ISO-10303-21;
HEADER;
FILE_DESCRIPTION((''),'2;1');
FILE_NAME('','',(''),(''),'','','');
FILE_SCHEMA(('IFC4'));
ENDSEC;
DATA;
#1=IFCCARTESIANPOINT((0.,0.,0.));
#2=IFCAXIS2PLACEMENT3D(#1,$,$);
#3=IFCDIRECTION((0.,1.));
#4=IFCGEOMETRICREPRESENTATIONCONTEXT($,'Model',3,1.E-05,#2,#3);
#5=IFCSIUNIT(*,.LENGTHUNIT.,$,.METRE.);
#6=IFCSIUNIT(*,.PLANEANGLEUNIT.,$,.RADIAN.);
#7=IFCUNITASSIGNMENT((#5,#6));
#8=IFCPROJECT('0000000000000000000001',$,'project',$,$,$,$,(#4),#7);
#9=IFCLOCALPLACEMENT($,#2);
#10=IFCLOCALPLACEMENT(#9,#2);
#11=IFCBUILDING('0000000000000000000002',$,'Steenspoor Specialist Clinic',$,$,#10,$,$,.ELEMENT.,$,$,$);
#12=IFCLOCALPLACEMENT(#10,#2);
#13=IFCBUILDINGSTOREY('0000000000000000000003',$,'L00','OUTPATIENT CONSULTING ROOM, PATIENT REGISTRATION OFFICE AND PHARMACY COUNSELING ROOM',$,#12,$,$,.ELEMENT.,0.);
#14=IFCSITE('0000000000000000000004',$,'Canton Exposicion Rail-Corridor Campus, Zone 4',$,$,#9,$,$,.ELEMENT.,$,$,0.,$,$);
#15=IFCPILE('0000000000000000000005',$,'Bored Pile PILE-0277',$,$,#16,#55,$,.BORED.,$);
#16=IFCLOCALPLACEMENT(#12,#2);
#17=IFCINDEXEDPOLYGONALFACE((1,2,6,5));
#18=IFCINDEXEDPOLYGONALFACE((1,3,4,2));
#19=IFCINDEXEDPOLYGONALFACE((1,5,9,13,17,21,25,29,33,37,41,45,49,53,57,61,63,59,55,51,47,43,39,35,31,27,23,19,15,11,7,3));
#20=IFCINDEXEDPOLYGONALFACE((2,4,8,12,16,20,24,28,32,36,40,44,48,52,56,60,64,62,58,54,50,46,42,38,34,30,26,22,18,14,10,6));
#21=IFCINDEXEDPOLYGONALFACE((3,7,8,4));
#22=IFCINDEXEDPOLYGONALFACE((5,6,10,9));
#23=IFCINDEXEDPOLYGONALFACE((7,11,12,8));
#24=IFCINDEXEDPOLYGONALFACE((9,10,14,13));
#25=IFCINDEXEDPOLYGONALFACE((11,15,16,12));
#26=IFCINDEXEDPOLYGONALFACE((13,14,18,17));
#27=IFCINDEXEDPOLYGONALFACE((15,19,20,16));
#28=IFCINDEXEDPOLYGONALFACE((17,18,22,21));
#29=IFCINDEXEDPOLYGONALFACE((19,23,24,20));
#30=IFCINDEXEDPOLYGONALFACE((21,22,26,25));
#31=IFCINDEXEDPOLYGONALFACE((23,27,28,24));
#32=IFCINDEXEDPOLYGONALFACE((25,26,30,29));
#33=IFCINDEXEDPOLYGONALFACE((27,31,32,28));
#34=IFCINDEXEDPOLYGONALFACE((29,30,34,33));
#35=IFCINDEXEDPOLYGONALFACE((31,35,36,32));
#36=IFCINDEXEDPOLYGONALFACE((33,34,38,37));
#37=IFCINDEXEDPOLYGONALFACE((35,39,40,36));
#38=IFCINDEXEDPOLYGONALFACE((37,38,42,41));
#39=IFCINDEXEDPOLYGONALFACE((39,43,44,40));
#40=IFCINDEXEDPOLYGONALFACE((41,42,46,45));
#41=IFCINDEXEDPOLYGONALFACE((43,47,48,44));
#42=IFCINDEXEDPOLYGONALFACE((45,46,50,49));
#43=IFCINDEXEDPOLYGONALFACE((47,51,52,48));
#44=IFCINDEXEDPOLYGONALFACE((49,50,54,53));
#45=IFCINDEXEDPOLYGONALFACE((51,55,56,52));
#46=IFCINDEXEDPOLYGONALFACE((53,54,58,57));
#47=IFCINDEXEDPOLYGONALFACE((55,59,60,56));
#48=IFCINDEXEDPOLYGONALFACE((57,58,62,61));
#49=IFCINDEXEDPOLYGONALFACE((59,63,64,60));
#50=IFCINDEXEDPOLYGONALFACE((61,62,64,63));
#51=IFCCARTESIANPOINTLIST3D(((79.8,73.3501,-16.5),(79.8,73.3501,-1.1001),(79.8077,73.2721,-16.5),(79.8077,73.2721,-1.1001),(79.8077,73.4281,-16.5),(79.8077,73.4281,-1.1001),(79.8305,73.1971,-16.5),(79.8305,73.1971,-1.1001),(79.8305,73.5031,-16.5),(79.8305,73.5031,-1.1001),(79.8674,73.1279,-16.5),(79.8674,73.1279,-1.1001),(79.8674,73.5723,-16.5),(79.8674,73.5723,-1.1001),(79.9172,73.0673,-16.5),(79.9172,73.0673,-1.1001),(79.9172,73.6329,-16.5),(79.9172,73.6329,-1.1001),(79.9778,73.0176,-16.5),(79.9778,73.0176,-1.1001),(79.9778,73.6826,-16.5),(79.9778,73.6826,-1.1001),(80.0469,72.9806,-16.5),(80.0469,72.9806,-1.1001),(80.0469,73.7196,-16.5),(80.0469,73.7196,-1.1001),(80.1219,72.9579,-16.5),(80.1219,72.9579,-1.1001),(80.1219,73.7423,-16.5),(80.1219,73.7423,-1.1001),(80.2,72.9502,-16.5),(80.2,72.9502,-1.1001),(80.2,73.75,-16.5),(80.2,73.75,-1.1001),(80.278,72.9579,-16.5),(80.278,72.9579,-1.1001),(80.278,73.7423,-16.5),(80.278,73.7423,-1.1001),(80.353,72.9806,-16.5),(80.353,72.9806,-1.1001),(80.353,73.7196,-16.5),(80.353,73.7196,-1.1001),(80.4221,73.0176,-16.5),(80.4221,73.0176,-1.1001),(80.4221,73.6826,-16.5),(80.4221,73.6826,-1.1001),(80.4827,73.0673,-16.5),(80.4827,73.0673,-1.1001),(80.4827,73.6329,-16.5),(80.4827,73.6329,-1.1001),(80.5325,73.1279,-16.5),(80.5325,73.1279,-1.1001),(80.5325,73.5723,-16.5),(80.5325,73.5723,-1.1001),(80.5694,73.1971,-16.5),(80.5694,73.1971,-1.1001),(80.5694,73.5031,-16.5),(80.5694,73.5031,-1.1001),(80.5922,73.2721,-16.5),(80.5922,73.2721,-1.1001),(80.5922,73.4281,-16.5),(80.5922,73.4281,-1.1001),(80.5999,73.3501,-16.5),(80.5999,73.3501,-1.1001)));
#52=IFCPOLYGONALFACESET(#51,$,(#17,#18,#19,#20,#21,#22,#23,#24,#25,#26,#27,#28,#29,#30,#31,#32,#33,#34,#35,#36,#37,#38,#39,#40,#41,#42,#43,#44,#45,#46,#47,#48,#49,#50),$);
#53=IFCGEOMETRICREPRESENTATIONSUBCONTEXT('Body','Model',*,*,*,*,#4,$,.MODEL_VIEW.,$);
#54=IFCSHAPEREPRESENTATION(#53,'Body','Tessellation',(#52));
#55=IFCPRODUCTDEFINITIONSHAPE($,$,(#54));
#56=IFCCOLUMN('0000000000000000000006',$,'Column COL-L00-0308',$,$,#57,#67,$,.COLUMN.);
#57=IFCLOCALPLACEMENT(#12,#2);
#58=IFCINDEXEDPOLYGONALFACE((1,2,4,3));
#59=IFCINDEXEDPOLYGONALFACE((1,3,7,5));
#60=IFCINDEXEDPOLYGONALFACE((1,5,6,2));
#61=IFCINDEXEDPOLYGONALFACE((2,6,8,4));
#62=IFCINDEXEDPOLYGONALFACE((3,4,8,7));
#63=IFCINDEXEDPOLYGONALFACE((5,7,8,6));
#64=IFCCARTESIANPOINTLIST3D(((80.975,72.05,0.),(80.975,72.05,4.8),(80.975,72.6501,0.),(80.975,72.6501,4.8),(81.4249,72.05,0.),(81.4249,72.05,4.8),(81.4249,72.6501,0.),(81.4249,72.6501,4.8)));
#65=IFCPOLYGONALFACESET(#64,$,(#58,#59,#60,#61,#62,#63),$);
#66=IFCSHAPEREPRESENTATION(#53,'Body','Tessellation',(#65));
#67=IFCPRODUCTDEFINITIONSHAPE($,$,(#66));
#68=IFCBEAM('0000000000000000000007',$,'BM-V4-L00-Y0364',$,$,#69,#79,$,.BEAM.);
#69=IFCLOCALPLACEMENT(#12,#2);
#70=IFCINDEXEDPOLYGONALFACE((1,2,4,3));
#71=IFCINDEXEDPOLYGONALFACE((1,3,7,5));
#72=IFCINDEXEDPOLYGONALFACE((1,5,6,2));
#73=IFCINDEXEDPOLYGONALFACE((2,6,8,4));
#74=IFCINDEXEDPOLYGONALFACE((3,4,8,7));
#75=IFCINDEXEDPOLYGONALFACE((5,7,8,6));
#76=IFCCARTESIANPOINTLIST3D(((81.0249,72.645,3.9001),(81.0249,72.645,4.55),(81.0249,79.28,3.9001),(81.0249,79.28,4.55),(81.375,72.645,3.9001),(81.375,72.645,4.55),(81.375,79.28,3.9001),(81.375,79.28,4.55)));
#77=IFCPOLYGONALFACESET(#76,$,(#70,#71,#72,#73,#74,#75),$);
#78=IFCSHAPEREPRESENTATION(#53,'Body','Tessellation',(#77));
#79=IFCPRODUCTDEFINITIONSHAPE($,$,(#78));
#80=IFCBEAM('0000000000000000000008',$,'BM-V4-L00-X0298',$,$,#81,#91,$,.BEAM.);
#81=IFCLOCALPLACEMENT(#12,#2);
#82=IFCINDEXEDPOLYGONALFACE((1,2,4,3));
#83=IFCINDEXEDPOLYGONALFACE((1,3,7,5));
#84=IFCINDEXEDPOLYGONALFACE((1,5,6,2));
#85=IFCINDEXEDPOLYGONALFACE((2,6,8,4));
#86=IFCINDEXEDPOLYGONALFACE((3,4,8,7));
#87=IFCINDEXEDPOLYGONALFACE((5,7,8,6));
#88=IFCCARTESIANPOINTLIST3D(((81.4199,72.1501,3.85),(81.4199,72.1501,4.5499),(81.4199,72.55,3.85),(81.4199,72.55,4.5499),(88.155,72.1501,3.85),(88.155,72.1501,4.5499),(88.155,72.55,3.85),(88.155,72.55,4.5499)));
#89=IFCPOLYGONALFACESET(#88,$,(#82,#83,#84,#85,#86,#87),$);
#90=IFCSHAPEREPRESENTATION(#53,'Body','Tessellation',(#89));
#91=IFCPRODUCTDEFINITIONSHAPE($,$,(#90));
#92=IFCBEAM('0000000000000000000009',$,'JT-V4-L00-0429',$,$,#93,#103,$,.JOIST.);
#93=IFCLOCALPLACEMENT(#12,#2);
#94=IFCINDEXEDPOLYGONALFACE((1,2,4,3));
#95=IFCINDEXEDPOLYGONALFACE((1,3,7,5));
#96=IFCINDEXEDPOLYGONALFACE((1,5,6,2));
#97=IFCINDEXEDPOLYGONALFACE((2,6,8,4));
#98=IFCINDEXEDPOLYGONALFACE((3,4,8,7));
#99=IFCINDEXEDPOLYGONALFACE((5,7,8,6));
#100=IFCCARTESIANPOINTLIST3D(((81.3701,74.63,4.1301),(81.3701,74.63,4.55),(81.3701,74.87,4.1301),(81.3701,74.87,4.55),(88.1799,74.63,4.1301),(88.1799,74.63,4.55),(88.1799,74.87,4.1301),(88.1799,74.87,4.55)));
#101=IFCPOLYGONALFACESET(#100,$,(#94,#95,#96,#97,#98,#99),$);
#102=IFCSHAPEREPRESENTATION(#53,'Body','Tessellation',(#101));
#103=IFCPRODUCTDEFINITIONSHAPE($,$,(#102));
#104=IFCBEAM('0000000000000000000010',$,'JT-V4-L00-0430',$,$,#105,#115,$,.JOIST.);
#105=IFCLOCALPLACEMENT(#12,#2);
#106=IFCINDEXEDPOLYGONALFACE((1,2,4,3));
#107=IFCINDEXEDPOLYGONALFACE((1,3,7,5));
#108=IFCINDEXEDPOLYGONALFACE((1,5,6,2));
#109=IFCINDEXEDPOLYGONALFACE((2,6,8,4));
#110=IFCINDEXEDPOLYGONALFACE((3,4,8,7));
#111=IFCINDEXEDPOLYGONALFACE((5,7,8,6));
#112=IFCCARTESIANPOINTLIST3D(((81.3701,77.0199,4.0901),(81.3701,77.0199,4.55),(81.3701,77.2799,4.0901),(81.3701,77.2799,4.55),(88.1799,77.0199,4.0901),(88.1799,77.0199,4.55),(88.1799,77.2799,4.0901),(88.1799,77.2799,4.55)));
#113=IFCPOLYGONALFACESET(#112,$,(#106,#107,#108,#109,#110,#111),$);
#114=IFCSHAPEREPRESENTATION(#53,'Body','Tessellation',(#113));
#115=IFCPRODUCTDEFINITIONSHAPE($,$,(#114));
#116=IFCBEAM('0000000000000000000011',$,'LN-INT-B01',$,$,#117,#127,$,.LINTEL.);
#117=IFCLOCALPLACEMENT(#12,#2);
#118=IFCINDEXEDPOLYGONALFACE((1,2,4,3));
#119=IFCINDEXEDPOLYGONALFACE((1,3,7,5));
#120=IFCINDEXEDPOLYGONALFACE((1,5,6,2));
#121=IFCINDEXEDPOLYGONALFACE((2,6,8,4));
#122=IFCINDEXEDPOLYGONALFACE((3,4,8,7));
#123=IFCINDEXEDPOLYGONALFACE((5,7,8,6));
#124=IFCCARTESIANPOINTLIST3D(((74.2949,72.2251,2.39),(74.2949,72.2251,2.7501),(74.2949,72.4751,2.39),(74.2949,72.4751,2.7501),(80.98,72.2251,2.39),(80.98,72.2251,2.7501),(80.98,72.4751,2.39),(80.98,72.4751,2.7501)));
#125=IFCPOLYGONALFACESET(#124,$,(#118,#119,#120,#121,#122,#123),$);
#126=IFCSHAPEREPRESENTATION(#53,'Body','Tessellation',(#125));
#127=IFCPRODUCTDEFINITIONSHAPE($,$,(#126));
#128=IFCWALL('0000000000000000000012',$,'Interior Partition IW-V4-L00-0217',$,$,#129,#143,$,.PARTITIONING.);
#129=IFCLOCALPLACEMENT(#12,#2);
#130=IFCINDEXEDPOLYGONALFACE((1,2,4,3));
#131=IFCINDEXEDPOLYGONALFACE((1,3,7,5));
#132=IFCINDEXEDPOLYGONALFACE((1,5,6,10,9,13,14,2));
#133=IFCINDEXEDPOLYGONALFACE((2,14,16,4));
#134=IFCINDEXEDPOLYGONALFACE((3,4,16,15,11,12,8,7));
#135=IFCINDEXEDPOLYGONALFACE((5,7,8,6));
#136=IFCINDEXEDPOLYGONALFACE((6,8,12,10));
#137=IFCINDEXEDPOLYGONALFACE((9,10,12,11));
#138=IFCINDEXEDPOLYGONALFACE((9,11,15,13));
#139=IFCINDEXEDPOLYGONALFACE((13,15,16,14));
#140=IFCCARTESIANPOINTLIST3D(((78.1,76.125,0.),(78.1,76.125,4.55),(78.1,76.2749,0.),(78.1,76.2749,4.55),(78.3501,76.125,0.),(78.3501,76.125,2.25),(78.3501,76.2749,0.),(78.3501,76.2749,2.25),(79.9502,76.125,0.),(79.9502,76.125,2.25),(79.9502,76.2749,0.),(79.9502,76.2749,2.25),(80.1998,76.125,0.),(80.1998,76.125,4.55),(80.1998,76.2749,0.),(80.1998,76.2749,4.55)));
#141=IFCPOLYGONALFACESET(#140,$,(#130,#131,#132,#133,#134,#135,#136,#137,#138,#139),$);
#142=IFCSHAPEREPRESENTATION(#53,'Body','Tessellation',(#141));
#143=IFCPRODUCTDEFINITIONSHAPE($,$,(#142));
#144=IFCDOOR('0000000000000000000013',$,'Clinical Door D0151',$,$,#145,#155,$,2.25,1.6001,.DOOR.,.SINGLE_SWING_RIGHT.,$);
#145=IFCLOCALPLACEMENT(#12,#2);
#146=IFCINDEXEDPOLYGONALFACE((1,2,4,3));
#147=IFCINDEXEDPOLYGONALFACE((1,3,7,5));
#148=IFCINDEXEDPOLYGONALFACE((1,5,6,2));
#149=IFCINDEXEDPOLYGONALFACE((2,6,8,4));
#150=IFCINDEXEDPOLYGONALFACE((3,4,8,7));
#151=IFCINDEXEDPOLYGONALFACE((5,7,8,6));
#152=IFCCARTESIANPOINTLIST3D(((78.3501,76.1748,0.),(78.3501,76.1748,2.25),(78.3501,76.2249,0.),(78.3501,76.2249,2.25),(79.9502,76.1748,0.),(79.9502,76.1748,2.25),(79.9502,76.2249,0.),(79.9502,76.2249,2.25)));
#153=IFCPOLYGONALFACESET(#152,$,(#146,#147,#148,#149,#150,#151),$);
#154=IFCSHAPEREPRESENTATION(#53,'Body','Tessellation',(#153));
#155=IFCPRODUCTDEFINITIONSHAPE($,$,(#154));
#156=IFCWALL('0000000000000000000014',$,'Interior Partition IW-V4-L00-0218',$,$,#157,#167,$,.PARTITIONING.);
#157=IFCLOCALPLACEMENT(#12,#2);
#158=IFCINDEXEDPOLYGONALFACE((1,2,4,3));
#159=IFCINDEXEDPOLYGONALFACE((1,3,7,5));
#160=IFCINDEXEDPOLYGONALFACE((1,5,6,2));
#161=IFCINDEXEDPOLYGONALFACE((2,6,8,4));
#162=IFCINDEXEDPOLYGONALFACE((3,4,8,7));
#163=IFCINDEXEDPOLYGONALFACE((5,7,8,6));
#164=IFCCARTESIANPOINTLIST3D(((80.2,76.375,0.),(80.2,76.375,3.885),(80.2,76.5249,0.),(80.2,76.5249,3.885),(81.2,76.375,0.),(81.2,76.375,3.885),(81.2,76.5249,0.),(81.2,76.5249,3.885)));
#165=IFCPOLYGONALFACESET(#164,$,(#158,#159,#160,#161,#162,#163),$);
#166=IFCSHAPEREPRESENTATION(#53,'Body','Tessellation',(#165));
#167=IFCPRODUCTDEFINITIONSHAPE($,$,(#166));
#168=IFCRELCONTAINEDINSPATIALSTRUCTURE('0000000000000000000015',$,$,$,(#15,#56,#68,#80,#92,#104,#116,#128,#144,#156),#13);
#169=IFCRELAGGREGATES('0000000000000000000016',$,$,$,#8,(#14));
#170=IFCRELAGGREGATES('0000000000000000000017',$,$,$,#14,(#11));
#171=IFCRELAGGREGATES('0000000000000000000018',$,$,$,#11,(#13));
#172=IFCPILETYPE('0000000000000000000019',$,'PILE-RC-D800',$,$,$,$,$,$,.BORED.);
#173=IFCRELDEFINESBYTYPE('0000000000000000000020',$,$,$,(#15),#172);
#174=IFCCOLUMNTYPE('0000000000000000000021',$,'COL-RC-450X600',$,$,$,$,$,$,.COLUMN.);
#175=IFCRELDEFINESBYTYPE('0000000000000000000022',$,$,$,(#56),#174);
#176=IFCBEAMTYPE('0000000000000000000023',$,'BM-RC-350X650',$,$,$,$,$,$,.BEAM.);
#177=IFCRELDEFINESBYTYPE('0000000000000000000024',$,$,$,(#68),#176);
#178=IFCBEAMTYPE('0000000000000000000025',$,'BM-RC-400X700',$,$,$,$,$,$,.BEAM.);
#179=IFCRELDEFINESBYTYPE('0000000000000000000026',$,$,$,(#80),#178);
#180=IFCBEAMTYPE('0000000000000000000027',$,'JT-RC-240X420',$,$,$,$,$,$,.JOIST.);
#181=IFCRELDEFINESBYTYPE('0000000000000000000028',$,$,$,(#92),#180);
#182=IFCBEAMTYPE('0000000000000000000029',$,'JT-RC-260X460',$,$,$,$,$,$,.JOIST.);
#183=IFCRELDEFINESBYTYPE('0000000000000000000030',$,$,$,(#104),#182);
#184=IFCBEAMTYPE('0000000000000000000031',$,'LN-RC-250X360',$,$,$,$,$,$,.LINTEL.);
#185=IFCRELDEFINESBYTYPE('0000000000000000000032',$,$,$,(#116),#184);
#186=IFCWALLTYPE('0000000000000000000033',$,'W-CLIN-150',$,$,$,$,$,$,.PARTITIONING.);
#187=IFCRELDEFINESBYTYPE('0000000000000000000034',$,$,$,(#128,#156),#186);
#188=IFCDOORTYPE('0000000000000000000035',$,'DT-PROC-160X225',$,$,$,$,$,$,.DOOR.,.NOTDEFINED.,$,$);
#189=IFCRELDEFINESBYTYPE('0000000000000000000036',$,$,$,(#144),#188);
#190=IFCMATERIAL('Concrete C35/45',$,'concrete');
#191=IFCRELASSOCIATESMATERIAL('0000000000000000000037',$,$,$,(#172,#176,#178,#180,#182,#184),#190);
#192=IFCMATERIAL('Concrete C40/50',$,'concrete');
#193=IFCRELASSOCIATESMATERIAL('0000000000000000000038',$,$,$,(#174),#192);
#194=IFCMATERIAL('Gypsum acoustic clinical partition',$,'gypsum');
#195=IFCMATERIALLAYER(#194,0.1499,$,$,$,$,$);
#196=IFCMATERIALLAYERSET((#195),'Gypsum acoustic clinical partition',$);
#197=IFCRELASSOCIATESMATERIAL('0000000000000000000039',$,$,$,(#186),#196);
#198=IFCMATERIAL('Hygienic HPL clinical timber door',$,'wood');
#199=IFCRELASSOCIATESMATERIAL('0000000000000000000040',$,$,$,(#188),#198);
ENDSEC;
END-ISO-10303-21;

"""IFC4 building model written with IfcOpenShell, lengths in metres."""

from ifc_helpers import new_model, si_unit, direction, frame, frame_2d, origin, origin_2d, place, context, subcontext, project, spatial, rectangle, circle, extrude, material, layer, layer_set, material_profile, profile_set, type_object, element, fill, save


model = new_model("IFC4")

# Units and contexts
model_context = context("Model", 3, precision=1e-05, world=origin(), true_north=direction((0.0, 1.0)))
body_context = subcontext(model_context, "Body", "Model", "MODEL_VIEW")
ifc_project = project(units=[si_unit("LENGTHUNIT", "METRE"), si_unit("PLANEANGLEUNIT", "RADIAN")], contexts=[model_context])

# Site, building, storey
site_placement = place(None, origin())
site = spatial("IfcSite", under=ifc_project, at=site_placement, Name="Canton Exposicion Rail-Corridor Campus, Zone 4", CompositionType="ELEMENT", RefElevation=0.0)
building_placement = place(site_placement, origin())
building = spatial("IfcBuilding", under=site, at=building_placement, Name="Steenspoor Specialist Clinic", CompositionType="ELEMENT")
storey_placement = place(building_placement, origin())
storey = spatial("IfcBuildingStorey", under=building, at=storey_placement, Name="L00", Description="OUTPATIENT CONSULTING ROOM, PATIENT REGISTRATION OFFICE AND PHARMACY COUNSELING ROOM", CompositionType="ELEMENT", Elevation=0.0)

# Shared definitions
ifc_material_1 = material(Name="Concrete C35/45", Category="concrete")

# Pile
ifc_material_profile_1 = material_profile(ifc_material_1, circle(Radius=0.3999, at=origin_2d()), Name="PILE-D800")
ifc_profile_set_1 = profile_set([ifc_material_profile_1], Name="Concrete C35/45")
pile_type_1 = type_object("IfcPileType", Name="PILE-RC-D800", PredefinedType="BORED", material=ifc_profile_set_1)
pile_1_placement = place(storey_placement, frame((80.2, 73.3501, -1.1001), z_axis=(0.0, 0.0, -1.0), x_axis=(1.0, 0.0, 0.0)))
element("IfcPile", 1, at=pile_1_placement, inside=storey, type_object=pile_type_1, Name="Bored Pile PILE-0277", PredefinedType="BORED", context=body_context, shape_type="SweptSolid", body=[
    extrude(circle(Radius=0.3999, at=origin_2d()), origin(), (0.0, 0.0, 1.0), 15.3999),
])

# Column
ifc_material_2 = material(Name="Concrete C40/50", Category="concrete")
ifc_material_profile_2 = material_profile(ifc_material_2, rectangle(XDim=0.45, YDim=0.6001, at=origin_2d()), Name="RC-COL-450X600")
ifc_profile_set_2 = profile_set([ifc_material_profile_2], Name="Concrete C40/50")
column_type = type_object("IfcColumnType", Name="COL-RC-450X600", PredefinedType="COLUMN", material=ifc_profile_set_2)
column_placement = place(storey_placement, frame((81.2, 72.3501, 0.0), z_axis=(0.0, 0.0, 1.0), x_axis=(1.0, 0.0, 0.0)))
element("IfcColumn", 2, at=column_placement, inside=storey, type_object=column_type, Name="Column COL-L00-0308", PredefinedType="COLUMN", context=body_context, shape_type="SweptSolid", body=[
    extrude(rectangle(XDim=0.45, YDim=0.6001, at=origin_2d()), origin(), (0.0, 0.0, 1.0), 4.8),
])

# Beams
ifc_material_profile_3 = material_profile(ifc_material_1, rectangle(XDim=0.3501, YDim=0.6499, at=origin_2d()), Name="RC-BM-350X650")
ifc_profile_set_3 = profile_set([ifc_material_profile_3], Name="Concrete C35/45")
beam_type_1 = type_object("IfcBeamType", Name="BM-RC-350X650", PredefinedType="BEAM", material=ifc_profile_set_3)
beam_1_placement = place(storey_placement, frame((81.2, 72.645, 4.2251), z_axis=(0.0, 1.0, 0.0), x_axis=(-1.0, 0.0, 0.0)))
element("IfcBeam", 3, at=beam_1_placement, inside=storey, type_object=beam_type_1, Name="BM-V4-L00-Y0364", PredefinedType="BEAM", context=body_context, shape_type="SweptSolid", body=[
    extrude(rectangle(XDim=0.3501, YDim=0.6499, at=origin_2d()), origin(), (0.0, 0.0, 1.0), 6.635),
])
ifc_material_profile_4 = material_profile(ifc_material_1, rectangle(XDim=0.3999, YDim=0.7, at=origin_2d()), Name="RC-BM-400X700")
ifc_profile_set_4 = profile_set([ifc_material_profile_4], Name="Concrete C35/45")
beam_type_2 = type_object("IfcBeamType", Name="BM-RC-400X700", PredefinedType="BEAM", material=ifc_profile_set_4)
beam_2_placement = place(storey_placement, frame((81.4199, 72.3501, 4.2), z_axis=(1.0, 0.0, 0.0), x_axis=(0.0, 1.0, 0.0)))
element("IfcBeam", 4, at=beam_2_placement, inside=storey, type_object=beam_type_2, Name="BM-V4-L00-X0298", PredefinedType="BEAM", context=body_context, shape_type="SweptSolid", body=[
    extrude(rectangle(XDim=0.3999, YDim=0.7, at=origin_2d()), origin(), (0.0, 0.0, 1.0), 6.7351),
])
ifc_material_profile_5 = material_profile(ifc_material_1, rectangle(XDim=0.24, YDim=0.4199, at=origin_2d()), Name="RC-JT-240X420")
ifc_profile_set_5 = profile_set([ifc_material_profile_5], Name="Concrete C35/45")
beam_type_3 = type_object("IfcBeamType", Name="JT-RC-240X420", PredefinedType="JOIST", material=ifc_profile_set_5)
beam_3_placement = place(storey_placement, frame((81.3701, 74.75, 4.3401), z_axis=(1.0, 0.0, 0.0), x_axis=(0.0, 1.0, 0.0)))
element("IfcBeam", 5, at=beam_3_placement, inside=storey, type_object=beam_type_3, Name="JT-V4-L00-0429", PredefinedType="JOIST", context=body_context, shape_type="SweptSolid", body=[
    extrude(rectangle(XDim=0.24, YDim=0.4199, at=origin_2d()), origin(), (0.0, 0.0, 1.0), 6.8098),
])
ifc_material_profile_6 = material_profile(ifc_material_1, rectangle(XDim=0.26, YDim=0.46, at=origin_2d()), Name="RC-JT-260X460")
ifc_profile_set_6 = profile_set([ifc_material_profile_6], Name="Concrete C35/45")
beam_type_4 = type_object("IfcBeamType", Name="JT-RC-260X460", PredefinedType="JOIST", material=ifc_profile_set_6)
beam_4_placement = place(storey_placement, frame((81.3701, 77.1499, 4.3201), z_axis=(1.0, 0.0, 0.0), x_axis=(0.0, 1.0, 0.0)))
element("IfcBeam", 6, at=beam_4_placement, inside=storey, type_object=beam_type_4, Name="JT-V4-L00-0430", PredefinedType="JOIST", context=body_context, shape_type="SweptSolid", body=[
    extrude(rectangle(XDim=0.26, YDim=0.46, at=origin_2d()), origin(), (0.0, 0.0, 1.0), 6.8098),
])
ifc_material_profile_7 = material_profile(ifc_material_1, rectangle(XDim=0.25, YDim=0.3601, at=origin_2d()), Name="RC-LN-250X360")
ifc_profile_set_7 = profile_set([ifc_material_profile_7], Name="Concrete C35/45")
beam_type_5 = type_object("IfcBeamType", Name="LN-RC-250X360", PredefinedType="LINTEL", material=ifc_profile_set_7)
beam_5_placement = place(storey_placement, frame((74.2949, 72.3501, 2.5701), z_axis=(1.0, 0.0, 0.0), x_axis=(0.0, 1.0, 0.0)))
element("IfcBeam", 7, at=beam_5_placement, inside=storey, type_object=beam_type_5, Name="LN-INT-B01", PredefinedType="LINTEL", context=body_context, shape_type="SweptSolid", body=[
    extrude(rectangle(XDim=0.25, YDim=0.3601, at=origin_2d()), origin(), (0.0, 0.0, 1.0), 6.6851),
])

# Wall, opening, door
ifc_material_3 = material(Name="Gypsum acoustic clinical partition", Category="gypsum")
ifc_layer_1 = layer(ifc_material_3, 0.1499)
ifc_layer_set_1 = layer_set([ifc_layer_1], Name="Gypsum acoustic clinical partition")
wall_type_1 = type_object("IfcWallType", Name="W-CLIN-150", PredefinedType="PARTITIONING", material=ifc_layer_set_1)
wall_1_placement = place(storey_placement, frame((78.1001, 76.2, 0.0), z_axis=(0.0, 0.0, 1.0), x_axis=(1.0, 0.0, 0.0)))
wall_1 = element("IfcWall", 8, at=wall_1_placement, inside=storey, type_object=wall_type_1, Name="Interior Partition IW-V4-L00-0217", PredefinedType="PARTITIONING", context=body_context, shape_type="SweptSolid", body=[
    extrude(rectangle(XDim=2.0999, YDim=0.1499, at=frame_2d((1.0498, 0.0))), origin(), (0.0, 0.0, 1.0), 4.55),
])
opening_1_placement = place(wall_1_placement, frame((0.25, 0.0, 0.0)))
opening_1 = element("IfcOpeningElement", 9, at=opening_1_placement, cuts=wall_1, PredefinedType="OPENING", context=body_context, shape_type="SweptSolid", body=[
    extrude(rectangle(XDim=1.6001, YDim=2.25, at=frame_2d((0.8, 1.125))), frame((0.0, 0.085, 0.0), z_axis=(0.0, -1.0, 0.0), x_axis=(1.0, 0.0, 0.0)), (0.0, 0.0, 1.0), 0.1699),
])
ifc_material_4 = material(Name="Hygienic HPL clinical timber door", Category="wood")
door_type_1 = type_object("IfcDoorType", Name="DT-PROC-160X225", OperationType="NOTDEFINED", PredefinedType="DOOR", material=ifc_material_4)
door_1_placement = place(opening_1_placement, origin())
door_1 = element("IfcDoor", 10, at=door_1_placement, inside=storey, type_object=door_type_1, Name="Clinical Door D0151", OperationType="SINGLE_SWING_RIGHT", OverallHeight=2.25, OverallWidth=1.6001, PredefinedType="DOOR", context=body_context, shape_type="SweptSolid", body=[
    extrude(rectangle(XDim=1.6001, YDim=2.25, at=frame_2d((0.8, 1.125))), frame((0.0, 0.0249, 0.0), z_axis=(0.0, -1.0, 0.0), x_axis=(1.0, 0.0, 0.0)), (0.0, 0.0, 1.0), 0.05),
])
fill(opening_1, door_1)

# Wall
wall_2_placement = place(storey_placement, frame((80.2, 76.45, 0.0), z_axis=(0.0, 0.0, 1.0), x_axis=(1.0, 0.0, 0.0)))
element("IfcWall", 11, at=wall_2_placement, inside=storey, type_object=wall_type_1, Name="Interior Partition IW-V4-L00-0218", PredefinedType="PARTITIONING", context=body_context, shape_type="SweptSolid", body=[
    extrude(rectangle(XDim=1.0, YDim=0.1499, at=frame_2d((0.5, 0.0))), origin(), (0.0, 0.0, 1.0), 3.885),
])

save(model, "model.ifc")
